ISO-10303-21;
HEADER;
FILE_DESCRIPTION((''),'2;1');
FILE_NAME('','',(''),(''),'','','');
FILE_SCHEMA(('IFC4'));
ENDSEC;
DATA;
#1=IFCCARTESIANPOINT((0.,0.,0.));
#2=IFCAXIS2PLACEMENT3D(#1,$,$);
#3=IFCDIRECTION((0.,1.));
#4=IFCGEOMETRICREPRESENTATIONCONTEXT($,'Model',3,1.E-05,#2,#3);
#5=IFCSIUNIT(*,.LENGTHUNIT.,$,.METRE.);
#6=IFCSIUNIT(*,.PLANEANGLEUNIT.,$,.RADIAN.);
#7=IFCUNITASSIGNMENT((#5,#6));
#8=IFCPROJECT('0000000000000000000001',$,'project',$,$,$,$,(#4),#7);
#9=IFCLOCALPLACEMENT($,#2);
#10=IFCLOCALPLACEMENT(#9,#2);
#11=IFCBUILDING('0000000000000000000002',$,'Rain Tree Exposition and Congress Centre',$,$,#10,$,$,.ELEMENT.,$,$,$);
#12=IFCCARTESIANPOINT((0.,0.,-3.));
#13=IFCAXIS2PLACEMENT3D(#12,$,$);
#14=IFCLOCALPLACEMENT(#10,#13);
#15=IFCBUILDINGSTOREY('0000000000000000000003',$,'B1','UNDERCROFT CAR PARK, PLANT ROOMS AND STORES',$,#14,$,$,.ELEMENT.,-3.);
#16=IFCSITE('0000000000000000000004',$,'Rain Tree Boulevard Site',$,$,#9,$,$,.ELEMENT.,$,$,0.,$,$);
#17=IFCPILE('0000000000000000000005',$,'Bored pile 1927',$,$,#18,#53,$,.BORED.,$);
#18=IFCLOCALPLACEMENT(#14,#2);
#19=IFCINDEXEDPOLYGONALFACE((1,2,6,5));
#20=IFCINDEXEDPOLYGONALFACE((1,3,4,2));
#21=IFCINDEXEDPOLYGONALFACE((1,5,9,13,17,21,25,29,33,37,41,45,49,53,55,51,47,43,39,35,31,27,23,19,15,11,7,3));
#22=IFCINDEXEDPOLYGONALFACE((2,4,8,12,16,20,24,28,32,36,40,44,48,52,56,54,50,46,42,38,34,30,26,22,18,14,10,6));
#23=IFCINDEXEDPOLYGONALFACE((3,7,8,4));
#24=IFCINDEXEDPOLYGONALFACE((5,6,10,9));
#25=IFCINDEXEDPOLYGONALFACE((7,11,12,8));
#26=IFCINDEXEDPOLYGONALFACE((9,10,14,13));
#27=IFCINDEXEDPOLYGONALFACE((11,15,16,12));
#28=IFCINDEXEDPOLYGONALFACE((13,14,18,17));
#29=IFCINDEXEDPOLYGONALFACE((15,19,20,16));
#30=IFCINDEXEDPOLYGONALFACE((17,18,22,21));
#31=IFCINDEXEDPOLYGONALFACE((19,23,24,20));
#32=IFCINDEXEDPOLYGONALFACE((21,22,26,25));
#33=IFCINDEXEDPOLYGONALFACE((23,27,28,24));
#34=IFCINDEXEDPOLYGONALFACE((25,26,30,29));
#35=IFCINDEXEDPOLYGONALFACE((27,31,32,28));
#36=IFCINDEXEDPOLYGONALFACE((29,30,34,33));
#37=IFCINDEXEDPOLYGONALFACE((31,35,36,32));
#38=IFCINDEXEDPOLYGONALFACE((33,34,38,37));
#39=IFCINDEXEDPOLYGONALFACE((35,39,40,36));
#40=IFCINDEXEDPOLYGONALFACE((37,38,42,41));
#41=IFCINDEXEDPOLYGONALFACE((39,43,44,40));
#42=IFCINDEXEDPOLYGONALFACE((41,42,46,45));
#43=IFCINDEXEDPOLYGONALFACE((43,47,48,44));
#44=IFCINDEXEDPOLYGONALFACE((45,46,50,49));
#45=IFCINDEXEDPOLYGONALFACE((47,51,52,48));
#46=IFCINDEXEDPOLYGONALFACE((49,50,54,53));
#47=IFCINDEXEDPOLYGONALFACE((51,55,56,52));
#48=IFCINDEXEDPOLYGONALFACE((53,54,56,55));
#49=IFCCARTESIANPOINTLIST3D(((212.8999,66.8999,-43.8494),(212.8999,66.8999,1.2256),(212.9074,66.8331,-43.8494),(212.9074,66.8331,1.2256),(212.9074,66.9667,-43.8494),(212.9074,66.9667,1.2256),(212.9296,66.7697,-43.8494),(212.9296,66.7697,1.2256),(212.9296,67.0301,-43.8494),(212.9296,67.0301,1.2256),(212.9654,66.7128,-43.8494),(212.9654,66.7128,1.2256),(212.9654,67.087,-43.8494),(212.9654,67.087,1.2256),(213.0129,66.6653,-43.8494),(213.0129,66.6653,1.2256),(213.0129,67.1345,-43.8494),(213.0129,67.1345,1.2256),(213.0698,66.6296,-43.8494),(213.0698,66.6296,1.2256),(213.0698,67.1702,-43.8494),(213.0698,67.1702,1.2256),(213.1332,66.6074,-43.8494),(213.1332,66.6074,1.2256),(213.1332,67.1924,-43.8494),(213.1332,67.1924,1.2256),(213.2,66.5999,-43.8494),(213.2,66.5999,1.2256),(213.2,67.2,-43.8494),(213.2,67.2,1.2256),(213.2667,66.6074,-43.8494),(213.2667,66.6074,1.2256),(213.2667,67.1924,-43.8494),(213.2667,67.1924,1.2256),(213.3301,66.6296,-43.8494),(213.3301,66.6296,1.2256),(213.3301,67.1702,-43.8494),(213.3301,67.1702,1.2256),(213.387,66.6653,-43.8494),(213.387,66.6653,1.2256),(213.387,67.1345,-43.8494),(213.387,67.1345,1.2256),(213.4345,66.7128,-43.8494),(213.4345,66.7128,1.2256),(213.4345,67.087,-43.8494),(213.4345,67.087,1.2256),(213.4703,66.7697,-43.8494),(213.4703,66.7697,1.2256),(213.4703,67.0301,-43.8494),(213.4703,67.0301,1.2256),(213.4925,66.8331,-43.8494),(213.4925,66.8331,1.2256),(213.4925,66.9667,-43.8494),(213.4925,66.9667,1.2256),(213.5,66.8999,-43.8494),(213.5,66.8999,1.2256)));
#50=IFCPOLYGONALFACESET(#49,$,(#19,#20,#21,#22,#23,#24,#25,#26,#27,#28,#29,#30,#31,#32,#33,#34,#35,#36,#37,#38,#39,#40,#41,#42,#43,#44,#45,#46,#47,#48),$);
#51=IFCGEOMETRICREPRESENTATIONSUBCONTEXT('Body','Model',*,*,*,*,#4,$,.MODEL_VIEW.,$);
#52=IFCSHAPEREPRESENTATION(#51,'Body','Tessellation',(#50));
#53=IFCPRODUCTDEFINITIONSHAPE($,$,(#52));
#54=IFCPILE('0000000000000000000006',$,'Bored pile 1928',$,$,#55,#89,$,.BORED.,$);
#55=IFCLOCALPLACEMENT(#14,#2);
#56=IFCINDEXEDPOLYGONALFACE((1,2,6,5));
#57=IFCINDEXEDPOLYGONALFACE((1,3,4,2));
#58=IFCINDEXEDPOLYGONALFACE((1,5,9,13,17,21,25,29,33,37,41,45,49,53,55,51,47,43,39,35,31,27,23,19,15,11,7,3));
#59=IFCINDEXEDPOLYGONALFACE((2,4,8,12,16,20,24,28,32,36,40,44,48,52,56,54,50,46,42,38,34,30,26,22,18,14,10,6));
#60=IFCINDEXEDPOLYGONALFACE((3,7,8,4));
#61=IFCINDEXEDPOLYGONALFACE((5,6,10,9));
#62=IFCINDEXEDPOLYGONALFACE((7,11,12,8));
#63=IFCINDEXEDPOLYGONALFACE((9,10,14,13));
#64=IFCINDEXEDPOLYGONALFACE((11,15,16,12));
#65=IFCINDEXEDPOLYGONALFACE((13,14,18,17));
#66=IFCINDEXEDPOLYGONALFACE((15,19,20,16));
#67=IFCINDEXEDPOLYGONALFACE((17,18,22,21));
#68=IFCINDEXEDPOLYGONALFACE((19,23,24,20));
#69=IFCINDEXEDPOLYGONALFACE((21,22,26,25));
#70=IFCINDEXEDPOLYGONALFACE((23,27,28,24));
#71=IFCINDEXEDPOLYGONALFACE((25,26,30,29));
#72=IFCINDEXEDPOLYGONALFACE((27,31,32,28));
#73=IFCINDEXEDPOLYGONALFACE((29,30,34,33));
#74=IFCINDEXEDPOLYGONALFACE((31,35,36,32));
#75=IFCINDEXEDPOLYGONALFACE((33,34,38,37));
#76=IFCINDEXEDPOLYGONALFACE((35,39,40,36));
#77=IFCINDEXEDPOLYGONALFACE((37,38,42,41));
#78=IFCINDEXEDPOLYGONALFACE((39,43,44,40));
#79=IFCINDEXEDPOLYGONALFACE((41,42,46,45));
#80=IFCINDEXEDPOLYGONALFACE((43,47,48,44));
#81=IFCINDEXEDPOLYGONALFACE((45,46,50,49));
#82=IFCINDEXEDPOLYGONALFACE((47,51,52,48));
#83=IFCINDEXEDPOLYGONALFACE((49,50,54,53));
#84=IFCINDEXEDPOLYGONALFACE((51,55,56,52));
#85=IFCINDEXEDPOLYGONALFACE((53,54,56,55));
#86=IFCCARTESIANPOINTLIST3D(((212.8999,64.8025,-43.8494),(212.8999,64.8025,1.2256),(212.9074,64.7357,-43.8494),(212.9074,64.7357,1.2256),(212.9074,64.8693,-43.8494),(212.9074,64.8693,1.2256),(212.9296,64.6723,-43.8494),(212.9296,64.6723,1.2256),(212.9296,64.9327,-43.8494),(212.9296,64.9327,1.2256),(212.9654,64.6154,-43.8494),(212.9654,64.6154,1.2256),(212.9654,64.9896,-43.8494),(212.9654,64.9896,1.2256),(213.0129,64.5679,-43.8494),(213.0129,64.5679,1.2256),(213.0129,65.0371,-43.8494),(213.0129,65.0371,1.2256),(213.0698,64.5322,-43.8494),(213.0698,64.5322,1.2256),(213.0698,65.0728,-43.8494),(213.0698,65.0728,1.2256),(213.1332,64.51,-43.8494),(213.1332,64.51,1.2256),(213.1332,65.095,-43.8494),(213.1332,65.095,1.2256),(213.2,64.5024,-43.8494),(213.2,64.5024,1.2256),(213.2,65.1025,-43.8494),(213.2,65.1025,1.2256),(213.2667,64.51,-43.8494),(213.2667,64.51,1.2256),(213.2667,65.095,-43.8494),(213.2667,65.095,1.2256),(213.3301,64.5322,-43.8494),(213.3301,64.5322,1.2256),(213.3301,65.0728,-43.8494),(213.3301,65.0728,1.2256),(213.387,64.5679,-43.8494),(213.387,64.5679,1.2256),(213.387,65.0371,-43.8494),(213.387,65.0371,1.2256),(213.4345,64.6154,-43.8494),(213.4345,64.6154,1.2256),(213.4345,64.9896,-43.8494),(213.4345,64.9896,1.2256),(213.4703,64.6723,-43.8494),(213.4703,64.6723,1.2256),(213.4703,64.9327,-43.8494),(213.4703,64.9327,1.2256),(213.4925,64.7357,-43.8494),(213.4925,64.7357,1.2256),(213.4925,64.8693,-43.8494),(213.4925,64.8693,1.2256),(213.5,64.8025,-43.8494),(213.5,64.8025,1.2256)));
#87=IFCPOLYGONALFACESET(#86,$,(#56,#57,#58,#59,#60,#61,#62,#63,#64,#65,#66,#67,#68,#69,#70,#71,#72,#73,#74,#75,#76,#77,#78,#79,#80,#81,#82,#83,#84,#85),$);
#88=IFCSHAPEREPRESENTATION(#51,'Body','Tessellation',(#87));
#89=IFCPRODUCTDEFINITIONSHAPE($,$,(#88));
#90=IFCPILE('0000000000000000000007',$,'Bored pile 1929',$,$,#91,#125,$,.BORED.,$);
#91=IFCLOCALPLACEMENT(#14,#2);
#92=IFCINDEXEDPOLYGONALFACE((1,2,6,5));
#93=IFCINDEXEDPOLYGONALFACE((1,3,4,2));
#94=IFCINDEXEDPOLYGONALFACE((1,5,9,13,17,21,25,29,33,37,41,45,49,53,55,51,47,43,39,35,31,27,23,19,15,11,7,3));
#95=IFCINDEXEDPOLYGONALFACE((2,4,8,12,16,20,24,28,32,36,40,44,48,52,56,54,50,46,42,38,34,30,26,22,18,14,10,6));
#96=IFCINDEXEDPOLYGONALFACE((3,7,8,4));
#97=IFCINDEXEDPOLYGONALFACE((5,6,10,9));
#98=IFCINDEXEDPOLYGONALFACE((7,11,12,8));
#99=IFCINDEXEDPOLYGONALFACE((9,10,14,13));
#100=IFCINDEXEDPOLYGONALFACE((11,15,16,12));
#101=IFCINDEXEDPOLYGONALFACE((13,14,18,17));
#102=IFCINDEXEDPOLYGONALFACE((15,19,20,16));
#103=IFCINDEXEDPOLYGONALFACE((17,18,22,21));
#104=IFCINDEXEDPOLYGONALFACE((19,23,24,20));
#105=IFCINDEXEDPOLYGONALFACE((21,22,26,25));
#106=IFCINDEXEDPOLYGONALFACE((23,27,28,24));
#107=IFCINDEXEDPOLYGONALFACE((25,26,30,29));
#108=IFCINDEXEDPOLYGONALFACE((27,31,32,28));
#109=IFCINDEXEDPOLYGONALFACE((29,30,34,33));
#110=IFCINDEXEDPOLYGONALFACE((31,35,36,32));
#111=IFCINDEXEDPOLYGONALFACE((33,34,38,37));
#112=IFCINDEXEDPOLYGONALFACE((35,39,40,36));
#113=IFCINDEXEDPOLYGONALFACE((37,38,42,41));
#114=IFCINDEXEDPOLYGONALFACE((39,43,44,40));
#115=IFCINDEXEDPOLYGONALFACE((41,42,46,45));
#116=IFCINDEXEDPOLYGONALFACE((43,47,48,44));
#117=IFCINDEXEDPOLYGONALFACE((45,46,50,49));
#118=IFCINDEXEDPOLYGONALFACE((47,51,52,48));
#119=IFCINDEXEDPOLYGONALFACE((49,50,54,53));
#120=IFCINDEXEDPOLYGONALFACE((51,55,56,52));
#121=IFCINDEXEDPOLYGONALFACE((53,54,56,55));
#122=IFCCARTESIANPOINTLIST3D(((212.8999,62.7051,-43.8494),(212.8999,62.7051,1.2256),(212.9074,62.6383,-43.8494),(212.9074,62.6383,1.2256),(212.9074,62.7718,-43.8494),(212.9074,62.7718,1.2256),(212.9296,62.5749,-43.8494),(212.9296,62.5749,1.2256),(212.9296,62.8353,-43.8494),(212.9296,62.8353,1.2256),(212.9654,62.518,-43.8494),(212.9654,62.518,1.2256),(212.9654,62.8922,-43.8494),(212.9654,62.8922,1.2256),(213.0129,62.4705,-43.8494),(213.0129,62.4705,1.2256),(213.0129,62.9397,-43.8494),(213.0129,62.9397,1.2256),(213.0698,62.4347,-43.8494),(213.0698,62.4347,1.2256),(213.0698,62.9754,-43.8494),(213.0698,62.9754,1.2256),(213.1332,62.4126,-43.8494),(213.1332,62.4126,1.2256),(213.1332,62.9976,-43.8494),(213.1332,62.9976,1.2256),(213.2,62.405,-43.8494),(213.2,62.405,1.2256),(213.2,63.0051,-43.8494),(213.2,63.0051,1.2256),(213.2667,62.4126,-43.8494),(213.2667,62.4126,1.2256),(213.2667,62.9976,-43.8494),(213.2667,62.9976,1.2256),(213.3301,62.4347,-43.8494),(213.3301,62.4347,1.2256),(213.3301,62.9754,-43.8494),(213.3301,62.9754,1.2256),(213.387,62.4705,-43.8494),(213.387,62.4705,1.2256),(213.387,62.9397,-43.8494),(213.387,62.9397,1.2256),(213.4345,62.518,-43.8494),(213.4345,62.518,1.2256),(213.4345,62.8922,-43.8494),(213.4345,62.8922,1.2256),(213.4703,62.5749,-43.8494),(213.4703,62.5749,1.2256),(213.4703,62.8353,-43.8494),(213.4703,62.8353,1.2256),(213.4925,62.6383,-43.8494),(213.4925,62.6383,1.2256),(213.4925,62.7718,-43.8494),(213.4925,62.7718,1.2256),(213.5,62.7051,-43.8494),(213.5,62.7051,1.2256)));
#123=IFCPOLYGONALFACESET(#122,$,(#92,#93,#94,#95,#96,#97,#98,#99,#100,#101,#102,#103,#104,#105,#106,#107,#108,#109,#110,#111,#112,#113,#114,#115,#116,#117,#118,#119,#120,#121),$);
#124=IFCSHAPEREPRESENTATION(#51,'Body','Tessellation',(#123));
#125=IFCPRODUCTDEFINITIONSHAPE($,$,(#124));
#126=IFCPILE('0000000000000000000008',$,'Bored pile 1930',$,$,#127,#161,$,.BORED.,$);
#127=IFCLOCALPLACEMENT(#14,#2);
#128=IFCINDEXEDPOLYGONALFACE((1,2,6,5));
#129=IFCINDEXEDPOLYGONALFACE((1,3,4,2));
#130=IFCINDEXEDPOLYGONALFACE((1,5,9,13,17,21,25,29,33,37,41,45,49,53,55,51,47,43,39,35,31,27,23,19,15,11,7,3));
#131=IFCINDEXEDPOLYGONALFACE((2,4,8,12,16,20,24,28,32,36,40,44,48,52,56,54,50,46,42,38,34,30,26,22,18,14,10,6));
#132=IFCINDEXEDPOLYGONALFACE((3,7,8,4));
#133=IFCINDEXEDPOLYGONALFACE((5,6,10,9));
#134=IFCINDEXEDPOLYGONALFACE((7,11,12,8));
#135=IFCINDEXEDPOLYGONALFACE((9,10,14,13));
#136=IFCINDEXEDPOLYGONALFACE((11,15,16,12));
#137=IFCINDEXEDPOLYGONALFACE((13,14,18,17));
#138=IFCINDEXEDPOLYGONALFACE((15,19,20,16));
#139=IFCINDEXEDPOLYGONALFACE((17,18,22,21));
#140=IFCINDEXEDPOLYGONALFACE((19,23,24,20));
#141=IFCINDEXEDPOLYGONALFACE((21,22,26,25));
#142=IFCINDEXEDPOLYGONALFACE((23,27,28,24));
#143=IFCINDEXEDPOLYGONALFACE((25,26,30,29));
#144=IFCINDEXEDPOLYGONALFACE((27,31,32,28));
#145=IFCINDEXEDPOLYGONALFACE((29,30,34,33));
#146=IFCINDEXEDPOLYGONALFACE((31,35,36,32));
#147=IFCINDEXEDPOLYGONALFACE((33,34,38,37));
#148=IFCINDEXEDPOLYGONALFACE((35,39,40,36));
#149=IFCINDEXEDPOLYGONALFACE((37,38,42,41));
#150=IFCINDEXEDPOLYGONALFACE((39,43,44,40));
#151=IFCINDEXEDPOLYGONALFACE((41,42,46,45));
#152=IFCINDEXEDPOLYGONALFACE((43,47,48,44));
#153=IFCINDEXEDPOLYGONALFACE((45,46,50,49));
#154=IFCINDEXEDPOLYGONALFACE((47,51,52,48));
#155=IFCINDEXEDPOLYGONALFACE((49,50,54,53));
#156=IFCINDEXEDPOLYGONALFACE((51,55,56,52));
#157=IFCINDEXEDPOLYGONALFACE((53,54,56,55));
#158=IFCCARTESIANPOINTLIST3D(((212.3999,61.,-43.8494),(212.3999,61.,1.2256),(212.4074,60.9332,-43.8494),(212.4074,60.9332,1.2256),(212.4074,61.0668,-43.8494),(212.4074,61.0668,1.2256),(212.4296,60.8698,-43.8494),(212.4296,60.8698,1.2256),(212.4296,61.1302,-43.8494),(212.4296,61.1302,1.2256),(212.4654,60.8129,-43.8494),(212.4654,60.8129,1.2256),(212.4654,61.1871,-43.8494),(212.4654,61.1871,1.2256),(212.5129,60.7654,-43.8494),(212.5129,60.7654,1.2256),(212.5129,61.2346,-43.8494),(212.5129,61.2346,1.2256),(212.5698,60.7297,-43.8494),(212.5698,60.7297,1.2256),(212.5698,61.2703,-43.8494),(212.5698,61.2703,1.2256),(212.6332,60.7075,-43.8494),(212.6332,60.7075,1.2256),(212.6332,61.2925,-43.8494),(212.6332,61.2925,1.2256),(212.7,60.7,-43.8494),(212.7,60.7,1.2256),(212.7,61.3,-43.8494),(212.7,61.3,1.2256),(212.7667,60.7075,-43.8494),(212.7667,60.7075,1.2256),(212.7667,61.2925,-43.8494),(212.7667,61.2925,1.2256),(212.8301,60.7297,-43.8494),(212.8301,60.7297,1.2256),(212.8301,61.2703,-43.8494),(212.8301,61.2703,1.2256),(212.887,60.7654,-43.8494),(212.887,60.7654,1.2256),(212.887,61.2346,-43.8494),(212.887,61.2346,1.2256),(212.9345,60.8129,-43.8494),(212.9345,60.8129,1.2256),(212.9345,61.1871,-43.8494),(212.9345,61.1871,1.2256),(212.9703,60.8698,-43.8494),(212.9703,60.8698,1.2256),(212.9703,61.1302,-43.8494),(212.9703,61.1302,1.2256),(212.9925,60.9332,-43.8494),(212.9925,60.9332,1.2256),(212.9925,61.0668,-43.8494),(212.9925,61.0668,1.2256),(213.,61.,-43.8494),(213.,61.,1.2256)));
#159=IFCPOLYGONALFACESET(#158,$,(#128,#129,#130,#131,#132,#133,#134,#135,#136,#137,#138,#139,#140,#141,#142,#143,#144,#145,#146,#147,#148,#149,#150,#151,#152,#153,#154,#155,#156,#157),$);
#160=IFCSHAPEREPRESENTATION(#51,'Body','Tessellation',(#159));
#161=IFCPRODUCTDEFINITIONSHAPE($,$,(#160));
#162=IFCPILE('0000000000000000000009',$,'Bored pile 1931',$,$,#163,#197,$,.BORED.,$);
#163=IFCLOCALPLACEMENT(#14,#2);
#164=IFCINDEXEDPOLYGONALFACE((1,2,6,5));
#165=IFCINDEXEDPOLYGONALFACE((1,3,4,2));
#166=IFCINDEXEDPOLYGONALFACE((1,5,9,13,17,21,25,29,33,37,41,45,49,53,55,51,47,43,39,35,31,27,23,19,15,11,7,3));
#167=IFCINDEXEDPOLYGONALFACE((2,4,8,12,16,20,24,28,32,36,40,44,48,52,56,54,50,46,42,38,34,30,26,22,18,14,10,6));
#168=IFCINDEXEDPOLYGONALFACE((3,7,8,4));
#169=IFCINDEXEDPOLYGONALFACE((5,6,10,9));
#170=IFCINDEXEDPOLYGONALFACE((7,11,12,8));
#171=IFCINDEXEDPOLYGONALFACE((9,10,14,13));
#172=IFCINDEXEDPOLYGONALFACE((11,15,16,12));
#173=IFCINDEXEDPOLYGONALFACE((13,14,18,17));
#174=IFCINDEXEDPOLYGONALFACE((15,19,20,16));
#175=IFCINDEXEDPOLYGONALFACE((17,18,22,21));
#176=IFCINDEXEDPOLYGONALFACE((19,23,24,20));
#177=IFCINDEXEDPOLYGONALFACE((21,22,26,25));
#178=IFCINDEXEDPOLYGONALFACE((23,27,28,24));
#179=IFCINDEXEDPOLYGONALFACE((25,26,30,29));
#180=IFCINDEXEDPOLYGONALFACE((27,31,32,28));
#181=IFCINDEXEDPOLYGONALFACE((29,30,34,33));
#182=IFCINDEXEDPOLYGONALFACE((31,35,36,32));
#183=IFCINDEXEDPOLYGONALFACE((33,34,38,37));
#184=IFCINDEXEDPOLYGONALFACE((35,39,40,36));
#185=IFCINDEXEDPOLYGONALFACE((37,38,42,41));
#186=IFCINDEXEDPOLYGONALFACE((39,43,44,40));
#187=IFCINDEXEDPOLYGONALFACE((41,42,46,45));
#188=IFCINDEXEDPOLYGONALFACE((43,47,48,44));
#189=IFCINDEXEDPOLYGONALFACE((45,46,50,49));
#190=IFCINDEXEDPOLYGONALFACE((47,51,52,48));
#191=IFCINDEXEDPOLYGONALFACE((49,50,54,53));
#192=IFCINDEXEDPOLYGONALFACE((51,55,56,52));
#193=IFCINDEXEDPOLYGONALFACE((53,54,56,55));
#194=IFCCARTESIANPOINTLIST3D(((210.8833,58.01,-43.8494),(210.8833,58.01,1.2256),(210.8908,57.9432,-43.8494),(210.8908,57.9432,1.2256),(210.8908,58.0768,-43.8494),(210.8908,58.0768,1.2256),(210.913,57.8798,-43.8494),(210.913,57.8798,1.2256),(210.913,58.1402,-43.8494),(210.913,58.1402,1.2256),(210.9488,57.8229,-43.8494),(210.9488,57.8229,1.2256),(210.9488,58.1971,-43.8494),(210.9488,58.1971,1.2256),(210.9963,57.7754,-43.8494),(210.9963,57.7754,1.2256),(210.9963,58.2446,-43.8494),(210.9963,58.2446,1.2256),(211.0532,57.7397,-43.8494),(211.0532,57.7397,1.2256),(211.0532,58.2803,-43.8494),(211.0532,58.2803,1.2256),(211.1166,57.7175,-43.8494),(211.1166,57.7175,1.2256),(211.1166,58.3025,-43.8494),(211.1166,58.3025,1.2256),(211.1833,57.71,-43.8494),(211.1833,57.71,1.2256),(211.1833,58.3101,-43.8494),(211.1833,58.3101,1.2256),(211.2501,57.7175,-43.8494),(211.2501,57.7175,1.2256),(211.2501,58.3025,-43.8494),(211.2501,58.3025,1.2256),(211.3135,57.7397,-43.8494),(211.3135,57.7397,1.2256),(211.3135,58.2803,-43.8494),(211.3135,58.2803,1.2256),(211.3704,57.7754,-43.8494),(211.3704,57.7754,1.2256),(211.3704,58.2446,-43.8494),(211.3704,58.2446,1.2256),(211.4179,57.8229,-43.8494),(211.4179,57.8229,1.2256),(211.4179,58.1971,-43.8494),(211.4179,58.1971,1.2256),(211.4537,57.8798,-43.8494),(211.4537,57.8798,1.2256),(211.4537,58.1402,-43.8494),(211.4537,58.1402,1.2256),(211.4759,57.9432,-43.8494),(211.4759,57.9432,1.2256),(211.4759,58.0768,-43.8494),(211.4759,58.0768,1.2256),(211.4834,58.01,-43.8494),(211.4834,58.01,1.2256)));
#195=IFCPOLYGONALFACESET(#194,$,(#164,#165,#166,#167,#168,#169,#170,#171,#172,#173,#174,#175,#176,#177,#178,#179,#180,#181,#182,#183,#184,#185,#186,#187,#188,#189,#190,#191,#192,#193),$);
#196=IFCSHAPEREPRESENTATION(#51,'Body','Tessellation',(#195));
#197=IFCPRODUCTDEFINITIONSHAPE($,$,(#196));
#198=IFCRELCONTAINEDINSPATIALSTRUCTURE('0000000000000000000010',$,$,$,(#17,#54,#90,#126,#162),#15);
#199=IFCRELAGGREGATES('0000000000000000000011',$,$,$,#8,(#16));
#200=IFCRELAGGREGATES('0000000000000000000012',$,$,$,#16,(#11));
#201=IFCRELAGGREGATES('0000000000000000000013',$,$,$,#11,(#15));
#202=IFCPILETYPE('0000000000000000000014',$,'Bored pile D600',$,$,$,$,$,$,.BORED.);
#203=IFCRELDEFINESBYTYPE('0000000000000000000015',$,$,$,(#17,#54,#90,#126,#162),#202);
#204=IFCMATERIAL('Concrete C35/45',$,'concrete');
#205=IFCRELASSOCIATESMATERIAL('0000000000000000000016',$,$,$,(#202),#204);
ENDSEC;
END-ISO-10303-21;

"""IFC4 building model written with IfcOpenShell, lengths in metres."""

from ifc_helpers import new_model, si_unit, direction, frame, origin, origin_2d, place, context, subcontext, project, spatial, circle, extrude, material, material_profile, profile_set, type_object, element, save


model = new_model("IFC4")

# Units and contexts
model_context = context("Model", 3, precision=1e-05, world=origin(), true_north=direction((0.0, 1.0)))
body_context = subcontext(model_context, "Body", "Model", "MODEL_VIEW")
ifc_project = project(units=[si_unit("LENGTHUNIT", "METRE"), si_unit("PLANEANGLEUNIT", "RADIAN")], contexts=[model_context])

# Site, building, storey
site_placement = place(None, origin())
site = spatial("IfcSite", under=ifc_project, at=site_placement, Name="Rain Tree Boulevard Site", CompositionType="ELEMENT", RefElevation=0.0)
building_placement = place(site_placement, origin())
building = spatial("IfcBuilding", under=site, at=building_placement, Name="Rain Tree Exposition and Congress Centre", CompositionType="ELEMENT")
storey_placement = place(building_placement, frame((0.0, 0.0, -3.0)))
storey = spatial("IfcBuildingStorey", under=building, at=storey_placement, Name="B1", Description="UNDERCROFT CAR PARK, PLANT ROOMS AND STORES", CompositionType="ELEMENT", Elevation=-3.0)

# Piles
ifc_material_1 = material(Name="Concrete C35/45", Category="concrete")
ifc_material_profile_1 = material_profile(ifc_material_1, circle(Radius=0.3, at=origin_2d()), Name="D600")
ifc_profile_set_1 = profile_set([ifc_material_profile_1], Name="Concrete C35/45")
pile_type_1 = type_object("IfcPileType", Name="Bored pile D600", PredefinedType="BORED", material=ifc_profile_set_1)
for number, where, z_axis, x_axis, name in (
    (1, (213.2, 66.8999, 1.2256), (0.0, 0.0, -1.0), (1.0, 0.0, 0.0), "Bored pile 1927"),
    (2, (213.2, 64.8025, 1.2256), (0.0, 0.0, -1.0), (1.0, 0.0, 0.0), "Bored pile 1928"),
    (3, (213.2, 62.7051, 1.2256), (0.0, 0.0, -1.0), (1.0, 0.0, 0.0), "Bored pile 1929"),
    (4, (212.7, 61.0, 1.2256), (0.0, 0.0, -1.0), (1.0, 0.0, 0.0), "Bored pile 1930"),
    (5, (211.1833, 58.01, 1.2256), (0.0, 0.0, -1.0), (1.0, 0.0, 0.0), "Bored pile 1931"),
):
    element("IfcPile", number, at=place(storey_placement, frame(where, z_axis=z_axis, x_axis=x_axis)), inside=storey, type_object=pile_type_1, Name=name, PredefinedType="BORED", context=body_context, shape_type="SweptSolid", body=[
        extrude(circle(Radius=0.3, at=origin_2d()), origin(), (0.0, 0.0, 1.0), 45.075),
    ])

save(model, "model.ifc")
